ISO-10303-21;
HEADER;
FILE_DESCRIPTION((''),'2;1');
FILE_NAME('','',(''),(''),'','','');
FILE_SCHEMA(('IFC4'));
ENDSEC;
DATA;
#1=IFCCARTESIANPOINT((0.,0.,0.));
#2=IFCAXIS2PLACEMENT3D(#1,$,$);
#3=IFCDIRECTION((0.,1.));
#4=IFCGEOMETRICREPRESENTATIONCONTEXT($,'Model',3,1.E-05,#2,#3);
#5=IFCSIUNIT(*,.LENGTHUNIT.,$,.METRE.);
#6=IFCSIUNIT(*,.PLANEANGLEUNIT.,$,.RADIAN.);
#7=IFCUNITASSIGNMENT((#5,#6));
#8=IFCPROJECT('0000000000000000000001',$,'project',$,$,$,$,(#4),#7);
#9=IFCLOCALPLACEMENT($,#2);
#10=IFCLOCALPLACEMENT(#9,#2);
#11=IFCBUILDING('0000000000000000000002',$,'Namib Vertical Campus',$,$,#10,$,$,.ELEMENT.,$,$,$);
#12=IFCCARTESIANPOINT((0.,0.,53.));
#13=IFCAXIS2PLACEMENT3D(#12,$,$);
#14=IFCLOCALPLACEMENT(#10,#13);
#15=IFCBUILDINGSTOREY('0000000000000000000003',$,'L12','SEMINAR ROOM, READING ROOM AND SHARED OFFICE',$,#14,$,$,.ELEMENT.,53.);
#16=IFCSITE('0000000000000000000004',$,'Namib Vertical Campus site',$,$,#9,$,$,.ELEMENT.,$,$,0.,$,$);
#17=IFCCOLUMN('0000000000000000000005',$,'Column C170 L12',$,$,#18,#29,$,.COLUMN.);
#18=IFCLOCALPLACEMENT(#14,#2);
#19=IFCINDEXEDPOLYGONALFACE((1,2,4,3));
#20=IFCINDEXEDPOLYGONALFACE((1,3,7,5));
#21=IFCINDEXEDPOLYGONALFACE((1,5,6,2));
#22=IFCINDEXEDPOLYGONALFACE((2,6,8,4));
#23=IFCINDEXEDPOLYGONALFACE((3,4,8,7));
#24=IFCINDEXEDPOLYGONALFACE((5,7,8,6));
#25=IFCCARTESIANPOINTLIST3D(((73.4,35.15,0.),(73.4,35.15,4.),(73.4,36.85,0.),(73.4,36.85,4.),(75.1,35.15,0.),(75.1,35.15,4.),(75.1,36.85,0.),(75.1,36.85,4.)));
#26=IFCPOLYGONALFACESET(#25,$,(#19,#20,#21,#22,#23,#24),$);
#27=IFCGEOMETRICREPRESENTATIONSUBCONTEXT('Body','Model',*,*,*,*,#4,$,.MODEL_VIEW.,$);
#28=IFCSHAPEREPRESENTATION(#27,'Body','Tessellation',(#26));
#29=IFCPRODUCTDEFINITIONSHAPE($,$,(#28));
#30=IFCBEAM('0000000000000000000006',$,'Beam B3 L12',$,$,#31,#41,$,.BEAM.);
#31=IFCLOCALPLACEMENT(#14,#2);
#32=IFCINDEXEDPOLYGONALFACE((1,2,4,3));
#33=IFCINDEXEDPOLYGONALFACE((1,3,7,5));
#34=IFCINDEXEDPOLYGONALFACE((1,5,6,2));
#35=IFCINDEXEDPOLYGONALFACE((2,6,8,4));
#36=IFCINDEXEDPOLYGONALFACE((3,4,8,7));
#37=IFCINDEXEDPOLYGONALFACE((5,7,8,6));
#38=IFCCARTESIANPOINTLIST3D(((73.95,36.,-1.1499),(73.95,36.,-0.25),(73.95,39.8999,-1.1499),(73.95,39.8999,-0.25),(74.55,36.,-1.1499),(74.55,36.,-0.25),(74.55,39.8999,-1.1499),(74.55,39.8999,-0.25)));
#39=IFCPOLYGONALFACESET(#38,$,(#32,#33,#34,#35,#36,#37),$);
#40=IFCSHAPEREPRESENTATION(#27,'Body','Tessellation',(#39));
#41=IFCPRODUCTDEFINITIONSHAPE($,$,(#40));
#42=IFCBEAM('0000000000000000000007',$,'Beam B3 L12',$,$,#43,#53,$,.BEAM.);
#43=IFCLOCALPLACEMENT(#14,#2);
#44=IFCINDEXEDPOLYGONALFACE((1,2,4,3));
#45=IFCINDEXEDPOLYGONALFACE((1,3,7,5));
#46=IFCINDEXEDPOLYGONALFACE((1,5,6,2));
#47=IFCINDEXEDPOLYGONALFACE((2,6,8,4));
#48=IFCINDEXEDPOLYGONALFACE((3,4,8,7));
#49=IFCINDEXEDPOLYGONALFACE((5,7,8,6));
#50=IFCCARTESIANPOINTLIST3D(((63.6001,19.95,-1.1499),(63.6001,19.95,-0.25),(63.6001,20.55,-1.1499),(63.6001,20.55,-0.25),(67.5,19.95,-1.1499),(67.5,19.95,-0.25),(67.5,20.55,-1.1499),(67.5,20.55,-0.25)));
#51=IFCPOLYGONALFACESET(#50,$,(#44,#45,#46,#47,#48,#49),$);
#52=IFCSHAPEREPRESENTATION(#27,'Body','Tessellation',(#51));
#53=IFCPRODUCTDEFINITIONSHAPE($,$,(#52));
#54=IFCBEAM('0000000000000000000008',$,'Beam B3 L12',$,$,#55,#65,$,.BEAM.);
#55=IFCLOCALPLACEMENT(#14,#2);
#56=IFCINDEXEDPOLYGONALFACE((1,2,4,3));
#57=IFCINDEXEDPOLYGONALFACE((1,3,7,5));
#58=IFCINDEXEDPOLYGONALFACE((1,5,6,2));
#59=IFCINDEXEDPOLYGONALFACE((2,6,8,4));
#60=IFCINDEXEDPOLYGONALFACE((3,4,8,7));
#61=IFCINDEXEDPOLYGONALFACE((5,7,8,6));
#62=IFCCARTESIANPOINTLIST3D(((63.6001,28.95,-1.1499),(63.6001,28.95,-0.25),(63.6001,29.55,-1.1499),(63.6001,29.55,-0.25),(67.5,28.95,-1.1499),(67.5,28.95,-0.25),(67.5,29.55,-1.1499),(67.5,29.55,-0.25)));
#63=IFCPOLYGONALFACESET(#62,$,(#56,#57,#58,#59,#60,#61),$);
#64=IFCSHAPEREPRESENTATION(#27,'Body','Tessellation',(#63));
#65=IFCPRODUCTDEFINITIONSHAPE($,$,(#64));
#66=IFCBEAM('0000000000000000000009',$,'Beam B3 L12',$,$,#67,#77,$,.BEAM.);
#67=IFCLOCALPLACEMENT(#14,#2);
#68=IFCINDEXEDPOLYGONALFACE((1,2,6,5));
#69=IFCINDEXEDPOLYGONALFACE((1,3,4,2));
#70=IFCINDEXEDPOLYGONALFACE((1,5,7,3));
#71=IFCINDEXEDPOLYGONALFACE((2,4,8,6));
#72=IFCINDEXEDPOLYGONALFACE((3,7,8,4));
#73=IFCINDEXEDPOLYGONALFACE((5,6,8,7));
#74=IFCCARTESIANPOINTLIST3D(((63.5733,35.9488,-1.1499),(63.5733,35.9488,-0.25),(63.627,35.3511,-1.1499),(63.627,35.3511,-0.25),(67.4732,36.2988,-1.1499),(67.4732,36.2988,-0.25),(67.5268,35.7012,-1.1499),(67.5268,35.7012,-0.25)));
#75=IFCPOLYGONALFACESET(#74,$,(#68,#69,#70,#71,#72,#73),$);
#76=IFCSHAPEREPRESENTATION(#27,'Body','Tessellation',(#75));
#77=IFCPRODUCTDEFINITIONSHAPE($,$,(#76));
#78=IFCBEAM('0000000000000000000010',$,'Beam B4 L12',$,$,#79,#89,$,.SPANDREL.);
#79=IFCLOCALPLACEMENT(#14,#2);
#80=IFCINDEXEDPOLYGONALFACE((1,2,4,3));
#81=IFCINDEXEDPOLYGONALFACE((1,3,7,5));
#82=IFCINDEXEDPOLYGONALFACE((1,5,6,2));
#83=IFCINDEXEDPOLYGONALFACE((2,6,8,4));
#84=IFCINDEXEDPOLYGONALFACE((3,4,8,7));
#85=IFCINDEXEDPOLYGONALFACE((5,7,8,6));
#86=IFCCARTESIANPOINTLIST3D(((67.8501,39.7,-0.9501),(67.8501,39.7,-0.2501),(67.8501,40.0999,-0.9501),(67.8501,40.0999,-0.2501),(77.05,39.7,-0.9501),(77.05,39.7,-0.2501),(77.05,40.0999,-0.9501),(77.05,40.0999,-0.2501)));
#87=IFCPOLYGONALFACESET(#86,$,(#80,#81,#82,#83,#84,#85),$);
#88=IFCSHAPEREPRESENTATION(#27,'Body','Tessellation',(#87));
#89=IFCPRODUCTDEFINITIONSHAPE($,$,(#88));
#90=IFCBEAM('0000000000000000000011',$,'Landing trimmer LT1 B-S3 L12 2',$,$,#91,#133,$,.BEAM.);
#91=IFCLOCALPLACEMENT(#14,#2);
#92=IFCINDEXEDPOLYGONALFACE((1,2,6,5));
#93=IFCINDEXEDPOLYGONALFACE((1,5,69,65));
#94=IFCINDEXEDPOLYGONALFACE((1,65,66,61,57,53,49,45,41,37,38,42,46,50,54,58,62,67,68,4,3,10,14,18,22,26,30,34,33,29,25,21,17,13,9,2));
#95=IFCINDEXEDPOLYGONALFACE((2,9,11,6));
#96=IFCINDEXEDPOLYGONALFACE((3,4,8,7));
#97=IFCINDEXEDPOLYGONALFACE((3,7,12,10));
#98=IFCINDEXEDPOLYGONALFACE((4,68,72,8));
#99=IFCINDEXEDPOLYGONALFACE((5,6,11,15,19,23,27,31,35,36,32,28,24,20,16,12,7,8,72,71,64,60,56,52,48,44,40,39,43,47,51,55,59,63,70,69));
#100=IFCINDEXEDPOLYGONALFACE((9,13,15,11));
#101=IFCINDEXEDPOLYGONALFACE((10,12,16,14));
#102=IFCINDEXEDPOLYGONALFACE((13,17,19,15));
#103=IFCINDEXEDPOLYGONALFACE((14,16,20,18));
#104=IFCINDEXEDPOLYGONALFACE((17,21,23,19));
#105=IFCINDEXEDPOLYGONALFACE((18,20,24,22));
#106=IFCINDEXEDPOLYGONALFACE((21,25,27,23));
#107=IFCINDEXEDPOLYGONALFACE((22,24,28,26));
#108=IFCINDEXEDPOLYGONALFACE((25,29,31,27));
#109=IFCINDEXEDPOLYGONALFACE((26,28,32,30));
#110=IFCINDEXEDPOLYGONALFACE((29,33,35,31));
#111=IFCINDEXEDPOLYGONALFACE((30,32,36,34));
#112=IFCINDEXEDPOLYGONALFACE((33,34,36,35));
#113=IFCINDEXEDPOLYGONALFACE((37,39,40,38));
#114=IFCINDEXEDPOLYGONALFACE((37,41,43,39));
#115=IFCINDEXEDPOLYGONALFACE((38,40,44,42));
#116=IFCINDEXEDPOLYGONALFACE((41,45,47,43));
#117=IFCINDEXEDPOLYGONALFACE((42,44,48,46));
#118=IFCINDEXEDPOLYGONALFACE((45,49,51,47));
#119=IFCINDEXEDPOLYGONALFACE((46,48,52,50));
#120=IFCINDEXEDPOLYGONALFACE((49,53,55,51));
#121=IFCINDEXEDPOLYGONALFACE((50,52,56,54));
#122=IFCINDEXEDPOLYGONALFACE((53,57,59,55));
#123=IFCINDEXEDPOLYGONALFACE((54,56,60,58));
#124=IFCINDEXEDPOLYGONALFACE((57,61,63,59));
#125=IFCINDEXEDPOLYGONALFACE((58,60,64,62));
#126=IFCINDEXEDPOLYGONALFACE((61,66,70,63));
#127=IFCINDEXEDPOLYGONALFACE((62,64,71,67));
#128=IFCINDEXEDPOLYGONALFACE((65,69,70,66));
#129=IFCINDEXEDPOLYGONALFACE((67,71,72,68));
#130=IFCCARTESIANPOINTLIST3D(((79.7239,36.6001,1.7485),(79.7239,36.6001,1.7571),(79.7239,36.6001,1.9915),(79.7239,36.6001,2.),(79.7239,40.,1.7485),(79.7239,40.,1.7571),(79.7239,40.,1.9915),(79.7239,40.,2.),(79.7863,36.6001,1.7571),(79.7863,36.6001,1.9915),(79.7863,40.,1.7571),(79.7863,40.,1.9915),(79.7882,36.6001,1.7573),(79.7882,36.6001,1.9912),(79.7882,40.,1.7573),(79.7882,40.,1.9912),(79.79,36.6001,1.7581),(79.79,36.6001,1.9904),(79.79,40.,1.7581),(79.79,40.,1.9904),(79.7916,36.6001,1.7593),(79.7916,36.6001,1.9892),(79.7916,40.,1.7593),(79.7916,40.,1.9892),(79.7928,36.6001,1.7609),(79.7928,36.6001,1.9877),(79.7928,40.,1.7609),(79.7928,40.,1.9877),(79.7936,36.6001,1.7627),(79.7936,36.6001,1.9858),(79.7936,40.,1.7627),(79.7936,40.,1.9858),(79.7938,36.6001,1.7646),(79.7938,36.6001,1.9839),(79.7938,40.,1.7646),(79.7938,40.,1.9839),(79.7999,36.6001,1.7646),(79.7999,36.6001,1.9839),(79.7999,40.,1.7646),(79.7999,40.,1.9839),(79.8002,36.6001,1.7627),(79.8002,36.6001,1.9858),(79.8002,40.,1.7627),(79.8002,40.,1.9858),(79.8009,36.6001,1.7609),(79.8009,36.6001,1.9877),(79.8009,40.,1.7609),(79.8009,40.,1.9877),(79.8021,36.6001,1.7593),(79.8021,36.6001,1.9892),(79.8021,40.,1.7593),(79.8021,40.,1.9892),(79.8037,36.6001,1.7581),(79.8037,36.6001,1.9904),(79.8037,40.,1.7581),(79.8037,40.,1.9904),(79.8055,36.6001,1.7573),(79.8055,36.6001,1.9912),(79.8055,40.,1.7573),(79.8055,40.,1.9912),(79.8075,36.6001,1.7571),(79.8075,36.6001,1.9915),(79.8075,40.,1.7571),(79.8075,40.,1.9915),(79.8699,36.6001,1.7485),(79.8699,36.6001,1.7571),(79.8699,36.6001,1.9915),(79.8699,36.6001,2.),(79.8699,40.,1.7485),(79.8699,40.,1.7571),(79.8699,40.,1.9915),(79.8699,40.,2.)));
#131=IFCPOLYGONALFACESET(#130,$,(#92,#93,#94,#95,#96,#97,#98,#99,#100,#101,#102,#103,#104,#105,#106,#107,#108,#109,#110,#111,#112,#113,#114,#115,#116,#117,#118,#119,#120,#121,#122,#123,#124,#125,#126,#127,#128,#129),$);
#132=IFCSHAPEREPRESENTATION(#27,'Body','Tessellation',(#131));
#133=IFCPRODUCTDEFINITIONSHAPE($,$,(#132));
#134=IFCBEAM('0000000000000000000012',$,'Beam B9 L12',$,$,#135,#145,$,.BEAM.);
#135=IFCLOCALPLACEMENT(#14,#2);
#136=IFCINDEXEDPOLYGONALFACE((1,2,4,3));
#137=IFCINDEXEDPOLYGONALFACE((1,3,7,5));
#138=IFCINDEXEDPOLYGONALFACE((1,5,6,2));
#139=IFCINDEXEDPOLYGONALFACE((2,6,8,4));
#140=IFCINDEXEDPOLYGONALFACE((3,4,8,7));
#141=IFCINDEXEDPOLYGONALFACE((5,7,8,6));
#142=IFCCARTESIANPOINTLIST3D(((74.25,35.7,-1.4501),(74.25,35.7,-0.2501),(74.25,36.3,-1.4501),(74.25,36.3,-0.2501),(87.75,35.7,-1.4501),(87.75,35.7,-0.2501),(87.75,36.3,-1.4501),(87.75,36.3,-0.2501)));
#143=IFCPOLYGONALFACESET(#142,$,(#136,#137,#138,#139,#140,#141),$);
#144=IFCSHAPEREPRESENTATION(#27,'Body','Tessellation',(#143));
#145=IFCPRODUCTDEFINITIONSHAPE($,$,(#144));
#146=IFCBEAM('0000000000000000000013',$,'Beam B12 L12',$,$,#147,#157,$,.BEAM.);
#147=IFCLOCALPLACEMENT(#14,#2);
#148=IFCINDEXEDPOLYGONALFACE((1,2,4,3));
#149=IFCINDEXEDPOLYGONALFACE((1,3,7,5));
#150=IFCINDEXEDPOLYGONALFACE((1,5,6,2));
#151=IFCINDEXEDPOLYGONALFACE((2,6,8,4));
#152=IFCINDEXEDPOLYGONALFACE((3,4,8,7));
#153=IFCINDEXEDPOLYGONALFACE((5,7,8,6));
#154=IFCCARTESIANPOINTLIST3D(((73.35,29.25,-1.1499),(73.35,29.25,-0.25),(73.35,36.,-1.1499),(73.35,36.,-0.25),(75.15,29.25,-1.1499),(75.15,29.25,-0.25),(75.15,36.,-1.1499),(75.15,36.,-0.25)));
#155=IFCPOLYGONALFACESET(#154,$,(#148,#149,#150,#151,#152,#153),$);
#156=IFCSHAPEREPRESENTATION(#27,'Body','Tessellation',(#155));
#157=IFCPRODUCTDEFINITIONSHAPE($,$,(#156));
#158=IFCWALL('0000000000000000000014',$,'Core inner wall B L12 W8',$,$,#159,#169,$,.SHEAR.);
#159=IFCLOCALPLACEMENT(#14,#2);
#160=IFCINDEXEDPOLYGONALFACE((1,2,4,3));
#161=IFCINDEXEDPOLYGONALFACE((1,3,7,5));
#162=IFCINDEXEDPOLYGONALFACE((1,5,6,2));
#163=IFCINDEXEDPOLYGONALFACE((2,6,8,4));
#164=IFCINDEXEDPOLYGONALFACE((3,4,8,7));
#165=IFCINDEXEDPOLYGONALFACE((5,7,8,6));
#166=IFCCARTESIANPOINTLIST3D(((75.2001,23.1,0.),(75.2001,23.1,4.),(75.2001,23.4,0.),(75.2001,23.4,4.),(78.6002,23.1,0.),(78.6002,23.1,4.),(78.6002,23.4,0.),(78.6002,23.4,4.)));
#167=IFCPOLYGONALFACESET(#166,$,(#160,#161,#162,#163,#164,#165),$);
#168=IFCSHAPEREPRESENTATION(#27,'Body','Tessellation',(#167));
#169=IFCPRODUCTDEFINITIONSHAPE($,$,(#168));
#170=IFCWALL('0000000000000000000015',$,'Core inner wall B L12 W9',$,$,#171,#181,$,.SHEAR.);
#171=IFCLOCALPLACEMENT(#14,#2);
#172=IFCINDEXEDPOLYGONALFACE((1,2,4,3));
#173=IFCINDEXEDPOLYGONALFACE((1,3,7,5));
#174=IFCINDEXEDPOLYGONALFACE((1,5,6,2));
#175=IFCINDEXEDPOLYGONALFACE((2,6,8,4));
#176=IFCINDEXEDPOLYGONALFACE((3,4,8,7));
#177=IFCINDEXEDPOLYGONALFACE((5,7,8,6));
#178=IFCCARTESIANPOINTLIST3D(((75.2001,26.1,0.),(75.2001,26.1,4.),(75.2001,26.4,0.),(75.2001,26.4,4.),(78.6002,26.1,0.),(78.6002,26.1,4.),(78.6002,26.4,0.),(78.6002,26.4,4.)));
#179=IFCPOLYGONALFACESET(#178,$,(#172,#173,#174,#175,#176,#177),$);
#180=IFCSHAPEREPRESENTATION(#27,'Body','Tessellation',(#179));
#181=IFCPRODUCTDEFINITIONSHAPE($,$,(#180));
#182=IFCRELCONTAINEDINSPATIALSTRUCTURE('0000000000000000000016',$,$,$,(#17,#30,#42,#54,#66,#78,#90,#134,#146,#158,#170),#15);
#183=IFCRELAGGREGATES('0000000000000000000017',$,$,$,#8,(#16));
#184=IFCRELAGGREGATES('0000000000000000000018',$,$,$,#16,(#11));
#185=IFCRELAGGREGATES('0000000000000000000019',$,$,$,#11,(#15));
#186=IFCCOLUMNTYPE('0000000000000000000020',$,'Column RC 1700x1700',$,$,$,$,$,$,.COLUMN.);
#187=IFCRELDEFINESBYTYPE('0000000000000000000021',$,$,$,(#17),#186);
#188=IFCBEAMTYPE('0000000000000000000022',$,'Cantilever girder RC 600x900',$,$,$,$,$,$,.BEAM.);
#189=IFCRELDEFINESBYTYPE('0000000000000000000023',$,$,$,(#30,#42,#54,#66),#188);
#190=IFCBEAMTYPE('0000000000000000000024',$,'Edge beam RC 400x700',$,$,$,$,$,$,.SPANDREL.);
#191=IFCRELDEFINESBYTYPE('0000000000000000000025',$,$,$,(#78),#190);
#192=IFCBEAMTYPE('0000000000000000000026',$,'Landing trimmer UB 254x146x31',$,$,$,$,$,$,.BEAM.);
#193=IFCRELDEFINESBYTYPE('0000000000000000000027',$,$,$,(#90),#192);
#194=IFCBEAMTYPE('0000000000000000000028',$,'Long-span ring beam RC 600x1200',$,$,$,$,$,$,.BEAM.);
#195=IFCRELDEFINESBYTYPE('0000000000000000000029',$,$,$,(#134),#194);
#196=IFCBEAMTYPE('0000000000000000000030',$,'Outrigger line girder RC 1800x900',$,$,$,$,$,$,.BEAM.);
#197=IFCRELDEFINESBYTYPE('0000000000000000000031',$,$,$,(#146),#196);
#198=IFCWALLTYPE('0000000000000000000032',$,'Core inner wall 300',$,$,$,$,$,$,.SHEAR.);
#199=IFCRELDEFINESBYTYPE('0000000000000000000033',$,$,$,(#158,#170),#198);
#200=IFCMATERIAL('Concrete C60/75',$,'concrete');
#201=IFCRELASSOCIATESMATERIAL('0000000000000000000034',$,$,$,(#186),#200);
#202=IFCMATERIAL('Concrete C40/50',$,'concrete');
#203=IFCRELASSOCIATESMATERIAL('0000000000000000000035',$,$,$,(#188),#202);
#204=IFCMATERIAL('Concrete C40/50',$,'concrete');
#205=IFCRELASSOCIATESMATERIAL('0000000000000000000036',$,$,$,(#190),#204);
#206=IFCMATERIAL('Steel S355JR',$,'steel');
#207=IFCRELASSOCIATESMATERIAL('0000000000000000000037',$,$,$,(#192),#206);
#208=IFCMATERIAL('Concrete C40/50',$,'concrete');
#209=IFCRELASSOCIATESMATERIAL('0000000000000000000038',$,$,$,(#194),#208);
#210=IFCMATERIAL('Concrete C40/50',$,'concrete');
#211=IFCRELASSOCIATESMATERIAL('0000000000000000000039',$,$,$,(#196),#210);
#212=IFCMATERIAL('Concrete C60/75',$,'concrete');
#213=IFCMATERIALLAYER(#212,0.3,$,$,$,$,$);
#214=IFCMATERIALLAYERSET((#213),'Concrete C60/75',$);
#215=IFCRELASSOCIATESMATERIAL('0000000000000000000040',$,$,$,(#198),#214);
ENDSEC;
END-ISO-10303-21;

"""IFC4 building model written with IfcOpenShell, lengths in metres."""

from ifc_helpers import new_model, si_unit, direction, frame, frame_2d, origin, origin_2d, place, context, subcontext, project, spatial, rectangle, i_section, extrude, material, layer, layer_set, material_profile, profile_set, type_object, element, save


model = new_model("IFC4")

# Units and contexts
model_context = context("Model", 3, precision=1e-05, world=origin(), true_north=direction((0.0, 1.0)))
body_context = subcontext(model_context, "Body", "Model", "MODEL_VIEW")
ifc_project = project(units=[si_unit("LENGTHUNIT", "METRE"), si_unit("PLANEANGLEUNIT", "RADIAN")], contexts=[model_context])

# Site, building, storey
site_placement = place(None, origin())
site = spatial("IfcSite", under=ifc_project, at=site_placement, Name="Namib Vertical Campus site", CompositionType="ELEMENT", RefElevation=0.0)
building_placement = place(site_placement, origin())
building = spatial("IfcBuilding", under=site, at=building_placement, Name="Namib Vertical Campus", CompositionType="ELEMENT")
storey_placement = place(building_placement, frame((0.0, 0.0, 53.0)))
storey = spatial("IfcBuildingStorey", under=building, at=storey_placement, Name="L12", Description="SEMINAR ROOM, READING ROOM AND SHARED OFFICE", CompositionType="ELEMENT", Elevation=53.0)

# Column
ifc_material_1 = material(Name="Concrete C60/75", Category="concrete")
ifc_material_profile_1 = material_profile(ifc_material_1, rectangle(XDim=1.7, YDim=1.7, at=origin_2d()))
ifc_profile_set_1 = profile_set([ifc_material_profile_1], Name="Concrete C60/75")
column_type = type_object("IfcColumnType", Name="Column RC 1700x1700", PredefinedType="COLUMN", material=ifc_profile_set_1)
column_placement = place(storey_placement, frame((74.25, 36.0, 0.0), z_axis=(0.0, 0.0, 1.0), x_axis=(1.0, 0.0, 0.0)))
element("IfcColumn", 1, at=column_placement, inside=storey, type_object=column_type, Name="Column C170 L12", PredefinedType="COLUMN", context=body_context, shape_type="SweptSolid", body=[
    extrude(rectangle(XDim=1.7, YDim=1.7, at=origin_2d()), origin(), (0.0, 0.0, 1.0), 4.0),
])

# Beams
ifc_material_2 = material(Name="Concrete C40/50", Category="concrete")
ifc_material_profile_2 = material_profile(ifc_material_2, rectangle(XDim=0.6001, YDim=0.8999, at=origin_2d()))
ifc_profile_set_2 = profile_set([ifc_material_profile_2], Name="Concrete C40/50")
beam_type_1 = type_object("IfcBeamType", Name="Cantilever girder RC 600x900", PredefinedType="BEAM", material=ifc_profile_set_2)
for number, where, z_axis, x_axis, name in (
    (2, (74.25, 36.0, -0.7), (0.0, 1.0, 0.0), (-1.0, 0.0, 0.0), "Beam B3 L12"),
    (3, (67.5, 20.25, -0.7), (-1.0, 0.0, 0.0), (0.0, -1.0, 0.0), "Beam B3 L12"),
    (4, (67.5, 29.25, -0.7), (-1.0, 0.0, 0.0), (0.0, -1.0, 0.0), "Beam B3 L12"),
):
    element("IfcBeam", number, at=place(storey_placement, frame(where, z_axis=z_axis, x_axis=x_axis)), inside=storey, type_object=beam_type_1, Name=name, PredefinedType="BEAM", context=body_context, shape_type="SweptSolid", body=[
        extrude(rectangle(XDim=0.6001, YDim=0.8999, at=origin_2d()), origin(), (0.0, 0.0, 1.0), 3.8999),
    ])
beam_1_placement = place(storey_placement, frame((67.5, 36.0, -0.7), z_axis=(-0.995995, -0.089411, 0.0), x_axis=(0.089411, -0.995995, 0.0)))
element("IfcBeam", 5, at=beam_1_placement, inside=storey, type_object=beam_type_1, Name="Beam B3 L12", PredefinedType="BEAM", context=body_context, shape_type="SweptSolid", body=[
    extrude(rectangle(XDim=0.6001, YDim=0.8999, at=origin_2d()), origin(), (0.0, 0.0, 1.0), 3.9155),
])
ifc_material_3 = material(Name="Concrete C40/50", Category="concrete")
ifc_material_profile_3 = material_profile(ifc_material_3, rectangle(XDim=0.3999, YDim=0.7, at=origin_2d()))
ifc_profile_set_3 = profile_set([ifc_material_profile_3], Name="Concrete C40/50")
beam_type_2 = type_object("IfcBeamType", Name="Edge beam RC 400x700", PredefinedType="SPANDREL", material=ifc_profile_set_3)
beam_2_placement = place(storey_placement, frame((67.8501, 39.8999, -0.6001), z_axis=(1.0, 0.0, 0.0), x_axis=(0.0, 1.0, 0.0)))
element("IfcBeam", 6, at=beam_2_placement, inside=storey, type_object=beam_type_2, Name="Beam B4 L12", PredefinedType="SPANDREL", context=body_context, shape_type="SweptSolid", body=[
    extrude(rectangle(XDim=0.3999, YDim=0.7, at=origin_2d()), origin(), (0.0, 0.0, 1.0), 9.2),
])
ifc_material_4 = material(Name="Steel S355JR", Category="steel")
ifc_material_profile_4 = material_profile(ifc_material_4, i_section(OverallWidth=0.146, OverallDepth=0.2515, WebThickness=0.0061, FlangeThickness=0.0085, FilletRadius=0.0076, at=origin_2d()))
ifc_profile_set_4 = profile_set([ifc_material_profile_4], Name="Steel S355JR")
beam_type_3 = type_object("IfcBeamType", Name="Landing trimmer UB 254x146x31", PredefinedType="BEAM", material=ifc_profile_set_4)
beam_3_placement = place(storey_placement, frame((79.7969, 36.6001, 1.8743), z_axis=(0.0, 1.0, 0.0), x_axis=(-1.0, 0.0, 0.0)))
element("IfcBeam", 7, at=beam_3_placement, inside=storey, type_object=beam_type_3, Name="Landing trimmer LT1 B-S3 L12 2", PredefinedType="BEAM", context=body_context, shape_type="SweptSolid", body=[
    extrude(i_section(OverallWidth=0.146, OverallDepth=0.2515, WebThickness=0.0061, FlangeThickness=0.0085, FilletRadius=0.0076, at=origin_2d()), origin(), (0.0, 0.0, 1.0), 3.3999),
])
ifc_material_5 = material(Name="Concrete C40/50", Category="concrete")
ifc_material_profile_5 = material_profile(ifc_material_5, rectangle(XDim=0.6001, YDim=1.2, at=origin_2d()))
ifc_profile_set_5 = profile_set([ifc_material_profile_5], Name="Concrete C40/50")
beam_type_4 = type_object("IfcBeamType", Name="Long-span ring beam RC 600x1200", PredefinedType="BEAM", material=ifc_profile_set_5)
beam_4_placement = place(storey_placement, frame((74.25, 36.0, -0.8501), z_axis=(1.0, 0.0, 0.0), x_axis=(0.0, 1.0, 0.0)))
element("IfcBeam", 8, at=beam_4_placement, inside=storey, type_object=beam_type_4, Name="Beam B9 L12", PredefinedType="BEAM", context=body_context, shape_type="SweptSolid", body=[
    extrude(rectangle(XDim=0.6001, YDim=1.2, at=origin_2d()), origin(), (0.0, 0.0, 1.0), 13.5),
])
ifc_material_6 = material(Name="Concrete C40/50", Category="concrete")
ifc_material_profile_6 = material_profile(ifc_material_6, rectangle(XDim=1.8, YDim=0.8999, at=origin_2d()))
ifc_profile_set_6 = profile_set([ifc_material_profile_6], Name="Concrete C40/50")
beam_type_5 = type_object("IfcBeamType", Name="Outrigger line girder RC 1800x900", PredefinedType="BEAM", material=ifc_profile_set_6)
beam_5_placement = place(storey_placement, frame((74.25, 36.0, -0.7), z_axis=(0.0, -1.0, 0.0), x_axis=(1.0, 0.0, 0.0)))
element("IfcBeam", 9, at=beam_5_placement, inside=storey, type_object=beam_type_5, Name="Beam B12 L12", PredefinedType="BEAM", context=body_context, shape_type="SweptSolid", body=[
    extrude(rectangle(XDim=1.8, YDim=0.8999, at=origin_2d()), origin(), (0.0, 0.0, 1.0), 6.75),
])

# Walls
ifc_material_7 = material(Name="Concrete C60/75", Category="concrete")
ifc_layer_1 = layer(ifc_material_7, 0.3)
ifc_layer_set_1 = layer_set([ifc_layer_1], Name="Concrete C60/75")
wall_type_1 = type_object("IfcWallType", Name="Core inner wall 300", PredefinedType="SHEAR", material=ifc_layer_set_1)
for number, where, z_axis, x_axis, name in (
    (10, (75.2, 23.25, 0.0), (0.0, 0.0, 1.0), (1.0, 0.0, 0.0), "Core inner wall B L12 W8"),
    (11, (75.2, 26.25, 0.0), (0.0, 0.0, 1.0), (1.0, 0.0, 0.0), "Core inner wall B L12 W9"),
):
    element("IfcWall", number, at=place(storey_placement, frame(where, z_axis=z_axis, x_axis=x_axis)), inside=storey, type_object=wall_type_1, Name=name, PredefinedType="SHEAR", context=body_context, shape_type="SweptSolid", body=[
        extrude(rectangle(XDim=3.4001, YDim=0.3, at=frame_2d((1.7002, 0.0))), origin(), (0.0, 0.0, 1.0), 4.0),
    ])

save(model, "model.ifc")
